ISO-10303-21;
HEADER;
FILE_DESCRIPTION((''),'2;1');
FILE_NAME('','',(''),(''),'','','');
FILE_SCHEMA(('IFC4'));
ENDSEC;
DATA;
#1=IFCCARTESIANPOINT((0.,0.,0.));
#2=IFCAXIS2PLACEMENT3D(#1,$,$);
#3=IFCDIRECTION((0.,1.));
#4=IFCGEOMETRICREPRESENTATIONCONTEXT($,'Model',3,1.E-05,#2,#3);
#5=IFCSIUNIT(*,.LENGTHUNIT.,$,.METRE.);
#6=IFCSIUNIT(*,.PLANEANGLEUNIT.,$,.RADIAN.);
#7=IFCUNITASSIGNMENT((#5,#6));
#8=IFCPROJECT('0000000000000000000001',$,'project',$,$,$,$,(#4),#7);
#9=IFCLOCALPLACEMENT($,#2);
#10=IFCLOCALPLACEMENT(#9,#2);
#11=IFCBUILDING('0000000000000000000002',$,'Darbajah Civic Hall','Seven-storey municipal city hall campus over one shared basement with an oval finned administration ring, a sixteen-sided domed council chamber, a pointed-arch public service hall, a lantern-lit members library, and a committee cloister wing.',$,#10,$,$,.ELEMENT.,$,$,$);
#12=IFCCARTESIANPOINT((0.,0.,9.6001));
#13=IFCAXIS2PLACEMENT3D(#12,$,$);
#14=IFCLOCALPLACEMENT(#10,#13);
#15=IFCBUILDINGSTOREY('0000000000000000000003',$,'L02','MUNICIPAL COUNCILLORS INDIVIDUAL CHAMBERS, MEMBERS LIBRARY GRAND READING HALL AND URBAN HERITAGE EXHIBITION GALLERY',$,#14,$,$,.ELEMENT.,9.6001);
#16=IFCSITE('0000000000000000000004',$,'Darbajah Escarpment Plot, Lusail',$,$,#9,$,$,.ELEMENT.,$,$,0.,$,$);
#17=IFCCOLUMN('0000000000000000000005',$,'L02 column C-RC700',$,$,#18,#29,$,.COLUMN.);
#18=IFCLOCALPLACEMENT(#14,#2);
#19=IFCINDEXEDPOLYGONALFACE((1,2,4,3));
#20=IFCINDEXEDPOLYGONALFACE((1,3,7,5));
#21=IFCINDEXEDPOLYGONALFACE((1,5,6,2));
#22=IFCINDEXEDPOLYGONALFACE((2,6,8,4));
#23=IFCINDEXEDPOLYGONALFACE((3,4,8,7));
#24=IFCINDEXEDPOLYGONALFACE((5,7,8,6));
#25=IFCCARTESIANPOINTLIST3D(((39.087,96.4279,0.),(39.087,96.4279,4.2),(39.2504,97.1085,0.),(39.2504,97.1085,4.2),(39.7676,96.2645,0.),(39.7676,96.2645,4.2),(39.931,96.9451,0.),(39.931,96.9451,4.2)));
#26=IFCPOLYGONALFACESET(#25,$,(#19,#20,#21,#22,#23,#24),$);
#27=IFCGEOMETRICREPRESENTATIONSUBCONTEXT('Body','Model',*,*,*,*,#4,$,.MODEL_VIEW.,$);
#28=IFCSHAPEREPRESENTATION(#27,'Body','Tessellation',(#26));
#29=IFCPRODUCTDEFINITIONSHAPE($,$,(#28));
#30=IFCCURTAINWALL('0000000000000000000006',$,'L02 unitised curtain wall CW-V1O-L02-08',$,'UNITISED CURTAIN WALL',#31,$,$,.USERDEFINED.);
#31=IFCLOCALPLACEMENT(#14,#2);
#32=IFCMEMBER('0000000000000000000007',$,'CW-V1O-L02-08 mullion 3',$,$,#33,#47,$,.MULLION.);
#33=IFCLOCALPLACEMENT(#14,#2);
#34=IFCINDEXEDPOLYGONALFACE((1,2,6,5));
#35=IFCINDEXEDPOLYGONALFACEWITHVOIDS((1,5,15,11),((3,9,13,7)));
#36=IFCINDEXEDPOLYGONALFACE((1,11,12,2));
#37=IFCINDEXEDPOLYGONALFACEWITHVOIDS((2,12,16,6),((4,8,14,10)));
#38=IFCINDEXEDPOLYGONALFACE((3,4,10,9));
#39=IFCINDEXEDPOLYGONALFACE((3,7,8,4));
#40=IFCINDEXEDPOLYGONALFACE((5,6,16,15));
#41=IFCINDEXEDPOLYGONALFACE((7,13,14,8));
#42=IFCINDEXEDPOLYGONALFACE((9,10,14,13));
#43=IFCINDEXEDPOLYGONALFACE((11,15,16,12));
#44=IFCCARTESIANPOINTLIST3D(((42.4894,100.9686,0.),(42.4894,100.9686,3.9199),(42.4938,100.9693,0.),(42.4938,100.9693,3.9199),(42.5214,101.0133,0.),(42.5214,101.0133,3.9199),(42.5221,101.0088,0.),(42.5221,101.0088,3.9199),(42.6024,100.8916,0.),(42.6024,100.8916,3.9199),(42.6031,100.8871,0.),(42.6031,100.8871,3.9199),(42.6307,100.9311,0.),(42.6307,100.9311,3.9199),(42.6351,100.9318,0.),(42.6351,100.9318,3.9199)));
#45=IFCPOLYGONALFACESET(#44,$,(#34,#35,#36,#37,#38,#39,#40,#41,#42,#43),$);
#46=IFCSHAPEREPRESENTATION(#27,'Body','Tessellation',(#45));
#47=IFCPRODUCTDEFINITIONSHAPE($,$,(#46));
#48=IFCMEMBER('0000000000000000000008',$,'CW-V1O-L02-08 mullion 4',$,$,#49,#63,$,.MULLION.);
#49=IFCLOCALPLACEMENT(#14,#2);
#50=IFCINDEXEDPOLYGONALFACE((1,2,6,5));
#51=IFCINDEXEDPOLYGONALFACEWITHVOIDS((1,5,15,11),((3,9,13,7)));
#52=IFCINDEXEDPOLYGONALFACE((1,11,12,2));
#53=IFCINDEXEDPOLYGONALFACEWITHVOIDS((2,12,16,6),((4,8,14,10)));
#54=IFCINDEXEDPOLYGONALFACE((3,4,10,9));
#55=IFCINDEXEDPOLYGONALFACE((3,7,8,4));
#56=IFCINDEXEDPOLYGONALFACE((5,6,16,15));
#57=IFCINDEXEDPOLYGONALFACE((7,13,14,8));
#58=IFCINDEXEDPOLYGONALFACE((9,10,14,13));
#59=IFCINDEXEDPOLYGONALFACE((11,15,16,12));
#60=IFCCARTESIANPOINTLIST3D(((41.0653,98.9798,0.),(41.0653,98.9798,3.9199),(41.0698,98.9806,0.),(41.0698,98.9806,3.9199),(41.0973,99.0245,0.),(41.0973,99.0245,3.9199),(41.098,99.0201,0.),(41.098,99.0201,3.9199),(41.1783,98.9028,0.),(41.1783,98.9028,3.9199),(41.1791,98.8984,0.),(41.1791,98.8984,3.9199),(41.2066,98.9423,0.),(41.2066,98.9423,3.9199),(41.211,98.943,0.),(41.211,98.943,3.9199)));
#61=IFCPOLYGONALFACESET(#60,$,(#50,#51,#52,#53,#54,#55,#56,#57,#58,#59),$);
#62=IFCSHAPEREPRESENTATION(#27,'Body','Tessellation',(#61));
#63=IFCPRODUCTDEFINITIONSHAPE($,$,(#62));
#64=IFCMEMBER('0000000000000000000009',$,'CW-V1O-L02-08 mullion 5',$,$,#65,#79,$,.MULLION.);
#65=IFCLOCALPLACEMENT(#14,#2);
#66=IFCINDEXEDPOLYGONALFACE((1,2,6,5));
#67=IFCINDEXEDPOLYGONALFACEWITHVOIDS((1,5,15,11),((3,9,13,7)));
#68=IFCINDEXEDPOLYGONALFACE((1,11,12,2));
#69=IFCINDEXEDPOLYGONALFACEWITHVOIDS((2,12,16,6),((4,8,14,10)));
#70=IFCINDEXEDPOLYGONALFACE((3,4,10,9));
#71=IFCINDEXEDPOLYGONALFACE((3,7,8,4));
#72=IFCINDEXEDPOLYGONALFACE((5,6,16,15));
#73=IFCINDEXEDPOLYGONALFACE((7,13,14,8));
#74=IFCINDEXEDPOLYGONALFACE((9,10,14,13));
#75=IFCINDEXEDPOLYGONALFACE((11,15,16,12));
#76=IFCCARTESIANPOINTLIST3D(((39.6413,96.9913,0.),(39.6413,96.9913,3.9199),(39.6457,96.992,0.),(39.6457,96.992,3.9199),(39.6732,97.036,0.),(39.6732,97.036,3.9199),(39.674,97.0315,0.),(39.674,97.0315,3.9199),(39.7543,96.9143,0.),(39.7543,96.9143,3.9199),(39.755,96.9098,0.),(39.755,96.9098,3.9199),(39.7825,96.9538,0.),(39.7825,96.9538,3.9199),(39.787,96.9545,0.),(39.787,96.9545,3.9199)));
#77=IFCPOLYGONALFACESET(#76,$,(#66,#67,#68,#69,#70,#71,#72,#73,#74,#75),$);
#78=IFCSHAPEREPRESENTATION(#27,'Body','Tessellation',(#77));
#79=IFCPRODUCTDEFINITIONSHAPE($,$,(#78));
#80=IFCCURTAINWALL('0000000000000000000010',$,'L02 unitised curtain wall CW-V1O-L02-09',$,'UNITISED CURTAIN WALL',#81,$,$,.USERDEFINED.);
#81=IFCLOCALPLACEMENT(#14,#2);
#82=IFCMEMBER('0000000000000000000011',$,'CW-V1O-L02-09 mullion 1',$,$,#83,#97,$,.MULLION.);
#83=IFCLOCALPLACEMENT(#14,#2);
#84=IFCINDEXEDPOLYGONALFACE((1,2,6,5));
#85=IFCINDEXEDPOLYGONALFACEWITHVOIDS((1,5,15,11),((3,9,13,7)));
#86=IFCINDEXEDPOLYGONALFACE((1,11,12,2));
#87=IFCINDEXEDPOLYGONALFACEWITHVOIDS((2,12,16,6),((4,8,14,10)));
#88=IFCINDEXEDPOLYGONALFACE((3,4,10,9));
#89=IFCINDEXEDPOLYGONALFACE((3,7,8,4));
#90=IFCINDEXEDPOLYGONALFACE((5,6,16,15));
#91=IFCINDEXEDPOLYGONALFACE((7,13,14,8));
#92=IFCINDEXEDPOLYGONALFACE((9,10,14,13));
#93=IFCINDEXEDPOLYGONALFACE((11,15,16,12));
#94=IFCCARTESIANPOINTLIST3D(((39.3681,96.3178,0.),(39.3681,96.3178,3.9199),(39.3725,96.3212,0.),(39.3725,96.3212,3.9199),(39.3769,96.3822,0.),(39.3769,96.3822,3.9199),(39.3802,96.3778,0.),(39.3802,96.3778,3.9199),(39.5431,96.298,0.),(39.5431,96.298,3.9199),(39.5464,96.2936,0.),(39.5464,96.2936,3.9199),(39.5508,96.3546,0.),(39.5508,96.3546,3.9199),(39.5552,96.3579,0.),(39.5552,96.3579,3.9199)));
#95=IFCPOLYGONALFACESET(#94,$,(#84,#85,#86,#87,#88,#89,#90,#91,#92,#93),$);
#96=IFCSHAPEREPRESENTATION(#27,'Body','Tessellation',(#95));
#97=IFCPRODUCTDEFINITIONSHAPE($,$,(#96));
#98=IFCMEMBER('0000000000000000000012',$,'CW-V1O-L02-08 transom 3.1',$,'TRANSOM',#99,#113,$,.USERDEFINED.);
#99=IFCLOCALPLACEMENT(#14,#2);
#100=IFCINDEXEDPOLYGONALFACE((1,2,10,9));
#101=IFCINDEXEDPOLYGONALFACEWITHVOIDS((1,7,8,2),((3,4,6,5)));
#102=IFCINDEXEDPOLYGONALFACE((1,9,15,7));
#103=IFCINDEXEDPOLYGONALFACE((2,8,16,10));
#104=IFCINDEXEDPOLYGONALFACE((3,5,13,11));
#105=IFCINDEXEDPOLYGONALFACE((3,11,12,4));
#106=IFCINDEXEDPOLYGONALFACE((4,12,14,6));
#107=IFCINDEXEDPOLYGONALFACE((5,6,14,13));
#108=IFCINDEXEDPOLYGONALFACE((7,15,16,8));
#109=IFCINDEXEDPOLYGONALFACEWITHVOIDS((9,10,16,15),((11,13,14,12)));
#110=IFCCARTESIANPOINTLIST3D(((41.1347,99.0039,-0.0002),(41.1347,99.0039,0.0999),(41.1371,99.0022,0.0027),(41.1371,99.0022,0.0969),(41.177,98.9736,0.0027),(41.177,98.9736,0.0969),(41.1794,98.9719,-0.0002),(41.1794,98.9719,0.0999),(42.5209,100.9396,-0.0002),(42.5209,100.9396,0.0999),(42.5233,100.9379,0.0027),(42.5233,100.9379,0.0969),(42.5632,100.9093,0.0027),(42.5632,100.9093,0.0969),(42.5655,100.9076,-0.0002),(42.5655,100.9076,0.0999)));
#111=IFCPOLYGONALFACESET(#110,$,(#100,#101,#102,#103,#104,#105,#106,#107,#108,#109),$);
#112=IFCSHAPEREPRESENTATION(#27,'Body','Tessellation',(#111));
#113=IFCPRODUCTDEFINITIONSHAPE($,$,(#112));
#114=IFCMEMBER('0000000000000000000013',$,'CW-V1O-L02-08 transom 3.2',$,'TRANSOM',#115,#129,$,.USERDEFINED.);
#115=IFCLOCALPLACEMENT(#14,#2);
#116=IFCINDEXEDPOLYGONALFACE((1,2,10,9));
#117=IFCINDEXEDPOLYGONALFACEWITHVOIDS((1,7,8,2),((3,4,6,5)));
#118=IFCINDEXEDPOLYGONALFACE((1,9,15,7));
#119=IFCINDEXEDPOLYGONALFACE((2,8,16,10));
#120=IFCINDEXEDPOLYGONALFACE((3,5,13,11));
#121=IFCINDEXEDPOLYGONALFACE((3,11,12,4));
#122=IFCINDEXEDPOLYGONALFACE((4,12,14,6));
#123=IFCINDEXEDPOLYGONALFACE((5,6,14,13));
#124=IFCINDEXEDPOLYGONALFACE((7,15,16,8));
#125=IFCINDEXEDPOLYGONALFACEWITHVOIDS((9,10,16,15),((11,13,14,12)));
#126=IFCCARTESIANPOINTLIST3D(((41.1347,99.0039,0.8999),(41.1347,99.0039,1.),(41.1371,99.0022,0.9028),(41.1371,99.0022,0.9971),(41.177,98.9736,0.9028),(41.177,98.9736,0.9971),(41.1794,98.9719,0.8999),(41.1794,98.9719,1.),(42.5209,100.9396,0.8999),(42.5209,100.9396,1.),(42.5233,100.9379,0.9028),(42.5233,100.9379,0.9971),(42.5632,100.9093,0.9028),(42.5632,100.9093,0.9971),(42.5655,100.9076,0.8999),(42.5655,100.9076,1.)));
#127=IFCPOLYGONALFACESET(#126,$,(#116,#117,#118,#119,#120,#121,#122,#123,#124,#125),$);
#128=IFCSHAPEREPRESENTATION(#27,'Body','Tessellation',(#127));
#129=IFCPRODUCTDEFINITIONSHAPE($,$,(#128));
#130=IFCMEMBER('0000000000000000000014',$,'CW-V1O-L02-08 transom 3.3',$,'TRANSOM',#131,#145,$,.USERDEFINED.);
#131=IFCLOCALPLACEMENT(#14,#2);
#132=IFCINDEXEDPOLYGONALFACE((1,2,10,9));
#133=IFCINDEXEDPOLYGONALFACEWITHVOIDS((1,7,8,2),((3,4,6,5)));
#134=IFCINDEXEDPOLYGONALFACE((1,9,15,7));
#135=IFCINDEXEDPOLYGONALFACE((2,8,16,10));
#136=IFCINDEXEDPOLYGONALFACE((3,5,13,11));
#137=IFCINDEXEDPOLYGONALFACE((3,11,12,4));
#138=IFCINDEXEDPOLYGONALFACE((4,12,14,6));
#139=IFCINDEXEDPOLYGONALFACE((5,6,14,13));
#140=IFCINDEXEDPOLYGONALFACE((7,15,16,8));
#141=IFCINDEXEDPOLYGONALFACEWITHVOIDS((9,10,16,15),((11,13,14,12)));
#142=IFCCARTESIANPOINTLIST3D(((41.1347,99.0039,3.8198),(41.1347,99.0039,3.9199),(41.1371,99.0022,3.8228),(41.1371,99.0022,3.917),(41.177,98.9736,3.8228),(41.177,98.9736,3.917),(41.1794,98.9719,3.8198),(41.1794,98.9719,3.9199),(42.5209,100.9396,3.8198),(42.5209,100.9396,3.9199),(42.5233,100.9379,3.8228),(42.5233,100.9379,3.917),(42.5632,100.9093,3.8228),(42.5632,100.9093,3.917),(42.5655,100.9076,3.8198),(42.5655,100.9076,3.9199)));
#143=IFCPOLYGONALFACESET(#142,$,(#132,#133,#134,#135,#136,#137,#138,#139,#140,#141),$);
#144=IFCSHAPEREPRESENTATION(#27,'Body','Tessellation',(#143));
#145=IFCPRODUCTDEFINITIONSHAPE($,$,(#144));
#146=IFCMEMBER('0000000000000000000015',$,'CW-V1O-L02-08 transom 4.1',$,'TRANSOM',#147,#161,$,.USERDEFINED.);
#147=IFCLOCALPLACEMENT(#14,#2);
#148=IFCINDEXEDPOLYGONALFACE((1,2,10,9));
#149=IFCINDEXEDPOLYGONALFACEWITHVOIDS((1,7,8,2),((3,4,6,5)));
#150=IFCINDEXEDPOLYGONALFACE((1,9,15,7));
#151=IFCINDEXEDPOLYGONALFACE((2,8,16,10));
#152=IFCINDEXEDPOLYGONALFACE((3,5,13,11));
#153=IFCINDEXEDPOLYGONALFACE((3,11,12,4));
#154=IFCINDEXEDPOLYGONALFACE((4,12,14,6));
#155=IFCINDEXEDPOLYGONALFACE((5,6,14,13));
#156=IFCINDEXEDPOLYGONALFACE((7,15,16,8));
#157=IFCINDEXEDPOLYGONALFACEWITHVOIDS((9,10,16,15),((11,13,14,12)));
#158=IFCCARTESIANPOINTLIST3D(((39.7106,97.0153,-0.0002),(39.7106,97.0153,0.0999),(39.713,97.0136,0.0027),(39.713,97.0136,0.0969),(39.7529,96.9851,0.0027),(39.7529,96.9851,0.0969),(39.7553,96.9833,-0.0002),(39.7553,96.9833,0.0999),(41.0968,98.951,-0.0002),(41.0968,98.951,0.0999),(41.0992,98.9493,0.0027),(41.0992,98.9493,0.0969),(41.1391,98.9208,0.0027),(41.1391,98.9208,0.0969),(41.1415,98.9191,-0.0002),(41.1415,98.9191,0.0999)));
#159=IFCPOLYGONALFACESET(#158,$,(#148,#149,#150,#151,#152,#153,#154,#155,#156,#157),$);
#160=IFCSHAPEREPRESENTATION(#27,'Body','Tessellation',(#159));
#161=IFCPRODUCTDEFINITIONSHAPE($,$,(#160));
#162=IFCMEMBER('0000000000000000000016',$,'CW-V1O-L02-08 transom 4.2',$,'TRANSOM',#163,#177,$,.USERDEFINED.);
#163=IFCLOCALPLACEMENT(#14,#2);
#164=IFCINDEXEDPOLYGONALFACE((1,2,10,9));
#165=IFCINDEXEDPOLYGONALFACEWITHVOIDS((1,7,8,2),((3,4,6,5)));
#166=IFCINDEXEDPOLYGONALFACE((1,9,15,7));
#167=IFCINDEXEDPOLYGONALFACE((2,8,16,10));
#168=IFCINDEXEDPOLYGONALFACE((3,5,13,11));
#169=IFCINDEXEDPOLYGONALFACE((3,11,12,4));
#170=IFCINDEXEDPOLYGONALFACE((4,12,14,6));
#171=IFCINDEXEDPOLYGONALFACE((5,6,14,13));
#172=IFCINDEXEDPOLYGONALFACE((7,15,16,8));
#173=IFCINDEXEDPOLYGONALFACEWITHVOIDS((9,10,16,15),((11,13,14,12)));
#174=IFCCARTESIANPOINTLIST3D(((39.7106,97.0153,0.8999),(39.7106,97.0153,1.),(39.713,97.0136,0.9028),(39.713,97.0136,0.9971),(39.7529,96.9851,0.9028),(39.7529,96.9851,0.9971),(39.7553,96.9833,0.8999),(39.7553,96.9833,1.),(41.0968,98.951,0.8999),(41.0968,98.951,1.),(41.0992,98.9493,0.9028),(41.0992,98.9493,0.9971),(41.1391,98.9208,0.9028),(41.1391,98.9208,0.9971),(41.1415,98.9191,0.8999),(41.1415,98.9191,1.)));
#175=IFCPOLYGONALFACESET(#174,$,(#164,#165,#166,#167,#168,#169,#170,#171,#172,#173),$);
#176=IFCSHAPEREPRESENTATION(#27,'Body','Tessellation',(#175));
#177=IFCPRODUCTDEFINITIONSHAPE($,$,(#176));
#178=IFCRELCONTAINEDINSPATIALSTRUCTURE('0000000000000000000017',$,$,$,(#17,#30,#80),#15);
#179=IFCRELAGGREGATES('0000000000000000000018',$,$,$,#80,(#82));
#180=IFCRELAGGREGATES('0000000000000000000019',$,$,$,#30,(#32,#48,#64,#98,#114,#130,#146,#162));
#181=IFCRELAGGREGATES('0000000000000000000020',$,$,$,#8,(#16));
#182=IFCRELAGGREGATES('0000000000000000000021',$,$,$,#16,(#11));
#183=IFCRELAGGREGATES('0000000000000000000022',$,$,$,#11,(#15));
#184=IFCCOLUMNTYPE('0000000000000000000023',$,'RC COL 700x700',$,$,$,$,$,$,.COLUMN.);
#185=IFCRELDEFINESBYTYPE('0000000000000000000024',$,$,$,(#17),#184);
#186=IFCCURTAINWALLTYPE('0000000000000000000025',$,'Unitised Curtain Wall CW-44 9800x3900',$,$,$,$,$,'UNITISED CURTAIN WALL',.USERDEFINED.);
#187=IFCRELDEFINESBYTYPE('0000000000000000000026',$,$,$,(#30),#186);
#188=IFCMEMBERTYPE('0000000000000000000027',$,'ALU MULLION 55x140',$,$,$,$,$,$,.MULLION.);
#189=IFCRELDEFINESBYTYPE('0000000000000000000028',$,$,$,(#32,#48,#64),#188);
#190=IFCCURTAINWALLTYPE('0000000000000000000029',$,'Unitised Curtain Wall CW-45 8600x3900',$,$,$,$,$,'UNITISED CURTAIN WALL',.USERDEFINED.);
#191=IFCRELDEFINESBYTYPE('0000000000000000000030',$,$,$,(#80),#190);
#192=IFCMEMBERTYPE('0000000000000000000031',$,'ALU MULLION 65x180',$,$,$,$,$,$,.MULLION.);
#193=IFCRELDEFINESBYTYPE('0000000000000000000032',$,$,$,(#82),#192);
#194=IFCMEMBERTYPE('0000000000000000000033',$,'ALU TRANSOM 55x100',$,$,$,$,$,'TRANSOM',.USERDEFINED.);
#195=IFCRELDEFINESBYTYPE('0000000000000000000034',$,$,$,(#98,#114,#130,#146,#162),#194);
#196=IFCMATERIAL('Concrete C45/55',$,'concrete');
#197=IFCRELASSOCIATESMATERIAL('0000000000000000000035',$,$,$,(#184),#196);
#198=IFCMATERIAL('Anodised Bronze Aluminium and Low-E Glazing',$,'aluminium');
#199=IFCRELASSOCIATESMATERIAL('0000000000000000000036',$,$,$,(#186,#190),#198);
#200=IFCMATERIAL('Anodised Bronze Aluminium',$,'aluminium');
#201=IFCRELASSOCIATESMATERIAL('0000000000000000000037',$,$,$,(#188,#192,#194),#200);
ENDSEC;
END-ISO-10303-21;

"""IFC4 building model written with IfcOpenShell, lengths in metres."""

from ifc_helpers import new_model, si_unit, direction, frame, origin, origin_2d, place, context, subcontext, project, spatial, rectangle, hollow_rectangle, extrude, material, material_profile, profile_set, type_object, element, aggregate, save


model = new_model("IFC4")

# Units and contexts
model_context = context("Model", 3, precision=1e-05, world=origin(), true_north=direction((0.0, 1.0)))
body_context = subcontext(model_context, "Body", "Model", "MODEL_VIEW")
ifc_project = project(units=[si_unit("LENGTHUNIT", "METRE"), si_unit("PLANEANGLEUNIT", "RADIAN")], contexts=[model_context])

# Site, building, storey
site_placement = place(None, origin())
site = spatial("IfcSite", under=ifc_project, at=site_placement, Name="Darbajah Escarpment Plot, Lusail", CompositionType="ELEMENT", RefElevation=0.0)
building_placement = place(site_placement, origin())
building = spatial("IfcBuilding", under=site, at=building_placement, Name="Darbajah Civic Hall", Description="Seven-storey municipal city hall campus over one shared basement with an oval finned administration ring, a sixteen-sided domed council chamber, a pointed-arch public service hall, a lantern-lit members library, and a committee cloister wing.", CompositionType="ELEMENT")
storey_placement = place(building_placement, frame((0.0, 0.0, 9.6001)))
storey = spatial("IfcBuildingStorey", under=building, at=storey_placement, Name="L02", Description="MUNICIPAL COUNCILLORS INDIVIDUAL CHAMBERS, MEMBERS LIBRARY GRAND READING HALL AND URBAN HERITAGE EXHIBITION GALLERY", CompositionType="ELEMENT", Elevation=9.6001)

# Column
ifc_material_1 = material(Name="Concrete C45/55", Category="concrete")
ifc_material_profile_1 = material_profile(ifc_material_1, rectangle(XDim=0.7, YDim=0.7, at=origin_2d()), Name="RC COL 700x700")
ifc_profile_set_1 = profile_set([ifc_material_profile_1], Name="Concrete C45/55")
column_type = type_object("IfcColumnType", Name="RC COL 700x700", PredefinedType="COLUMN", material=ifc_profile_set_1)
column_placement = place(storey_placement, frame((39.509, 96.6865, 0.0), z_axis=(0.0, 0.0, 1.0), x_axis=(-0.97237, 0.233445, 0.0)))
element("IfcColumn", 1, at=column_placement, inside=storey, type_object=column_type, Name="L02 column C-RC700", PredefinedType="COLUMN", context=body_context, shape_type="SweptSolid", body=[
    extrude(rectangle(XDim=0.7, YDim=0.7, at=origin_2d()), origin(), (0.0, 0.0, 1.0), 4.2),
])

# Curtain wall, members
ifc_material_2 = material(Name="Anodised Bronze Aluminium and Low-E Glazing", Category="aluminium")
curtain_wall_type_1 = type_object("IfcCurtainWallType", Name="Unitised Curtain Wall CW-44 9800x3900", ElementType="UNITISED CURTAIN WALL", PredefinedType="USERDEFINED", material=ifc_material_2)
curtain_wall_1_placement = place(storey_placement, origin())
curtain_wall_1 = element("IfcCurtainWall", 2, at=curtain_wall_1_placement, inside=storey, type_object=curtain_wall_type_1, Name="L02 unitised curtain wall CW-V1O-L02-08", ObjectType="UNITISED CURTAIN WALL", PredefinedType="USERDEFINED")
ifc_material_3 = material(Name="Anodised Bronze Aluminium", Category="aluminium")
ifc_material_profile_2 = material_profile(ifc_material_3, hollow_rectangle(XDim=0.0549, YDim=0.1399, WallThickness=0.0032, at=origin_2d()), Name="ALU MULLION 55x140")
ifc_profile_set_2 = profile_set([ifc_material_profile_2], Name="Anodised Bronze Aluminium")
member_type_1 = type_object("IfcMemberType", Name="ALU MULLION 55x140", PredefinedType="MULLION", material=ifc_profile_set_2)
member_1_placement = place(storey_placement, frame((42.5623, 100.9502, 0.0), z_axis=(0.0, 0.0, 1.0), x_axis=(-0.582265, -0.812999, 0.0)))
member_1 = element("IfcMember", 3, at=member_1_placement, type_object=member_type_1, Name="CW-V1O-L02-08 mullion 3", PredefinedType="MULLION", context=body_context, shape_type="SweptSolid", body=[
    extrude(hollow_rectangle(XDim=0.0549, YDim=0.1399, WallThickness=0.0032, at=origin_2d()), origin(), (0.0, 0.0, 1.0), 3.9199),
])
member_2_placement = place(storey_placement, frame((41.1382, 98.9614, 0.0), z_axis=(0.0, 0.0, 1.0), x_axis=(-0.582265, -0.812999, 0.0)))
member_2 = element("IfcMember", 4, at=member_2_placement, type_object=member_type_1, Name="CW-V1O-L02-08 mullion 4", PredefinedType="MULLION", context=body_context, shape_type="SweptSolid", body=[
    extrude(hollow_rectangle(XDim=0.0549, YDim=0.1399, WallThickness=0.0032, at=origin_2d()), origin(), (0.0, 0.0, 1.0), 3.9199),
])
member_3_placement = place(storey_placement, frame((39.7141, 96.9729, 0.0), z_axis=(0.0, 0.0, 1.0), x_axis=(-0.582265, -0.812999, 0.0)))
member_3 = element("IfcMember", 5, at=member_3_placement, type_object=member_type_1, Name="CW-V1O-L02-08 mullion 5", PredefinedType="MULLION", context=body_context, shape_type="SweptSolid", body=[
    extrude(hollow_rectangle(XDim=0.0549, YDim=0.1399, WallThickness=0.0032, at=origin_2d()), origin(), (0.0, 0.0, 1.0), 3.9199),
])

# Curtain wall, member
curtain_wall_type_2 = type_object("IfcCurtainWallType", Name="Unitised Curtain Wall CW-45 8600x3900", ElementType="UNITISED CURTAIN WALL", PredefinedType="USERDEFINED", material=ifc_material_2)
curtain_wall_2_placement = place(storey_placement, origin())
curtain_wall_2 = element("IfcCurtainWall", 6, at=curtain_wall_2_placement, inside=storey, type_object=curtain_wall_type_2, Name="L02 unitised curtain wall CW-V1O-L02-09", ObjectType="UNITISED CURTAIN WALL", PredefinedType="USERDEFINED")
ifc_material_profile_3 = material_profile(ifc_material_3, hollow_rectangle(XDim=0.0649, YDim=0.1799, WallThickness=0.0039, at=origin_2d()), Name="ALU MULLION 65x180")
ifc_profile_set_3 = profile_set([ifc_material_profile_3], Name="Anodised Bronze Aluminium")
member_type_2 = type_object("IfcMemberType", Name="ALU MULLION 65x180", PredefinedType="MULLION", material=ifc_profile_set_3)
member_4_placement = place(storey_placement, frame((39.4617, 96.3379, 0.0), z_axis=(0.0, 0.0, 1.0), x_axis=(-0.134851, -0.990866, 0.0)))
member_4 = element("IfcMember", 7, at=member_4_placement, type_object=member_type_2, Name="CW-V1O-L02-09 mullion 1", PredefinedType="MULLION", context=body_context, shape_type="SweptSolid", body=[
    extrude(hollow_rectangle(XDim=0.0649, YDim=0.1799, WallThickness=0.0039, at=origin_2d()), origin(), (0.0, 0.0, 1.0), 3.9199),
])

# Members
ifc_material_profile_4 = material_profile(ifc_material_3, hollow_rectangle(XDim=0.0549, YDim=0.1001, WallThickness=0.0029, at=origin_2d()), Name="ALU TRANSOM 55x100")
ifc_profile_set_4 = profile_set([ifc_material_profile_4], Name="Anodised Bronze Aluminium")
member_type_3 = type_object("IfcMemberType", Name="ALU TRANSOM 55x100", ElementType="TRANSOM", PredefinedType="USERDEFINED", material=ifc_profile_set_4)
member_5_placement = place(storey_placement, frame((42.5432, 100.9236, 0.0498), z_axis=(-0.582217, -0.813033, 0.0), x_axis=(0.813033, -0.582217, 0.0)))
member_5 = element("IfcMember", 8, at=member_5_placement, type_object=member_type_3, Name="CW-V1O-L02-08 transom 3.1", ObjectType="TRANSOM", PredefinedType="USERDEFINED", context=body_context, shape_type="SweptSolid", body=[
    extrude(hollow_rectangle(XDim=0.0549, YDim=0.1001, WallThickness=0.0029, at=origin_2d()), origin(), (0.0, 0.0, 1.0), 2.3809),
])
member_6_placement = place(storey_placement, frame((42.5432, 100.9236, 0.95), z_axis=(-0.582217, -0.813033, 0.0), x_axis=(0.813033, -0.582217, 0.0)))
member_6 = element("IfcMember", 9, at=member_6_placement, type_object=member_type_3, Name="CW-V1O-L02-08 transom 3.2", ObjectType="TRANSOM", PredefinedType="USERDEFINED", context=body_context, shape_type="SweptSolid", body=[
    extrude(hollow_rectangle(XDim=0.0549, YDim=0.1001, WallThickness=0.0029, at=origin_2d()), origin(), (0.0, 0.0, 1.0), 2.3809),
])
member_7_placement = place(storey_placement, frame((42.5432, 100.9236, 3.8699), z_axis=(-0.582217, -0.813033, 0.0), x_axis=(0.813033, -0.582217, 0.0)))
member_7 = element("IfcMember", 10, at=member_7_placement, type_object=member_type_3, Name="CW-V1O-L02-08 transom 3.3", ObjectType="TRANSOM", PredefinedType="USERDEFINED", context=body_context, shape_type="SweptSolid", body=[
    extrude(hollow_rectangle(XDim=0.0549, YDim=0.1001, WallThickness=0.0029, at=origin_2d()), origin(), (0.0, 0.0, 1.0), 2.3809),
])
member_8_placement = place(storey_placement, frame((41.1191, 98.9351, 0.0498), z_axis=(-0.582217, -0.813033, 0.0), x_axis=(0.813033, -0.582217, 0.0)))
member_8 = element("IfcMember", 11, at=member_8_placement, type_object=member_type_3, Name="CW-V1O-L02-08 transom 4.1", ObjectType="TRANSOM", PredefinedType="USERDEFINED", context=body_context, shape_type="SweptSolid", body=[
    extrude(hollow_rectangle(XDim=0.0549, YDim=0.1001, WallThickness=0.0029, at=origin_2d()), origin(), (0.0, 0.0, 1.0), 2.3809),
])
member_9_placement = place(storey_placement, frame((41.1191, 98.9351, 0.95), z_axis=(-0.582217, -0.813033, 0.0), x_axis=(0.813033, -0.582217, 0.0)))
member_9 = element("IfcMember", 12, at=member_9_placement, type_object=member_type_3, Name="CW-V1O-L02-08 transom 4.2", ObjectType="TRANSOM", PredefinedType="USERDEFINED", context=body_context, shape_type="SweptSolid", body=[
    extrude(hollow_rectangle(XDim=0.0549, YDim=0.1001, WallThickness=0.0029, at=origin_2d()), origin(), (0.0, 0.0, 1.0), 2.3809),
])
aggregate(curtain_wall_2, [member_4])

aggregate(curtain_wall_1, [member_1, member_2, member_3, member_5, member_6, member_7, member_8, member_9])

save(model, "model.ifc")
